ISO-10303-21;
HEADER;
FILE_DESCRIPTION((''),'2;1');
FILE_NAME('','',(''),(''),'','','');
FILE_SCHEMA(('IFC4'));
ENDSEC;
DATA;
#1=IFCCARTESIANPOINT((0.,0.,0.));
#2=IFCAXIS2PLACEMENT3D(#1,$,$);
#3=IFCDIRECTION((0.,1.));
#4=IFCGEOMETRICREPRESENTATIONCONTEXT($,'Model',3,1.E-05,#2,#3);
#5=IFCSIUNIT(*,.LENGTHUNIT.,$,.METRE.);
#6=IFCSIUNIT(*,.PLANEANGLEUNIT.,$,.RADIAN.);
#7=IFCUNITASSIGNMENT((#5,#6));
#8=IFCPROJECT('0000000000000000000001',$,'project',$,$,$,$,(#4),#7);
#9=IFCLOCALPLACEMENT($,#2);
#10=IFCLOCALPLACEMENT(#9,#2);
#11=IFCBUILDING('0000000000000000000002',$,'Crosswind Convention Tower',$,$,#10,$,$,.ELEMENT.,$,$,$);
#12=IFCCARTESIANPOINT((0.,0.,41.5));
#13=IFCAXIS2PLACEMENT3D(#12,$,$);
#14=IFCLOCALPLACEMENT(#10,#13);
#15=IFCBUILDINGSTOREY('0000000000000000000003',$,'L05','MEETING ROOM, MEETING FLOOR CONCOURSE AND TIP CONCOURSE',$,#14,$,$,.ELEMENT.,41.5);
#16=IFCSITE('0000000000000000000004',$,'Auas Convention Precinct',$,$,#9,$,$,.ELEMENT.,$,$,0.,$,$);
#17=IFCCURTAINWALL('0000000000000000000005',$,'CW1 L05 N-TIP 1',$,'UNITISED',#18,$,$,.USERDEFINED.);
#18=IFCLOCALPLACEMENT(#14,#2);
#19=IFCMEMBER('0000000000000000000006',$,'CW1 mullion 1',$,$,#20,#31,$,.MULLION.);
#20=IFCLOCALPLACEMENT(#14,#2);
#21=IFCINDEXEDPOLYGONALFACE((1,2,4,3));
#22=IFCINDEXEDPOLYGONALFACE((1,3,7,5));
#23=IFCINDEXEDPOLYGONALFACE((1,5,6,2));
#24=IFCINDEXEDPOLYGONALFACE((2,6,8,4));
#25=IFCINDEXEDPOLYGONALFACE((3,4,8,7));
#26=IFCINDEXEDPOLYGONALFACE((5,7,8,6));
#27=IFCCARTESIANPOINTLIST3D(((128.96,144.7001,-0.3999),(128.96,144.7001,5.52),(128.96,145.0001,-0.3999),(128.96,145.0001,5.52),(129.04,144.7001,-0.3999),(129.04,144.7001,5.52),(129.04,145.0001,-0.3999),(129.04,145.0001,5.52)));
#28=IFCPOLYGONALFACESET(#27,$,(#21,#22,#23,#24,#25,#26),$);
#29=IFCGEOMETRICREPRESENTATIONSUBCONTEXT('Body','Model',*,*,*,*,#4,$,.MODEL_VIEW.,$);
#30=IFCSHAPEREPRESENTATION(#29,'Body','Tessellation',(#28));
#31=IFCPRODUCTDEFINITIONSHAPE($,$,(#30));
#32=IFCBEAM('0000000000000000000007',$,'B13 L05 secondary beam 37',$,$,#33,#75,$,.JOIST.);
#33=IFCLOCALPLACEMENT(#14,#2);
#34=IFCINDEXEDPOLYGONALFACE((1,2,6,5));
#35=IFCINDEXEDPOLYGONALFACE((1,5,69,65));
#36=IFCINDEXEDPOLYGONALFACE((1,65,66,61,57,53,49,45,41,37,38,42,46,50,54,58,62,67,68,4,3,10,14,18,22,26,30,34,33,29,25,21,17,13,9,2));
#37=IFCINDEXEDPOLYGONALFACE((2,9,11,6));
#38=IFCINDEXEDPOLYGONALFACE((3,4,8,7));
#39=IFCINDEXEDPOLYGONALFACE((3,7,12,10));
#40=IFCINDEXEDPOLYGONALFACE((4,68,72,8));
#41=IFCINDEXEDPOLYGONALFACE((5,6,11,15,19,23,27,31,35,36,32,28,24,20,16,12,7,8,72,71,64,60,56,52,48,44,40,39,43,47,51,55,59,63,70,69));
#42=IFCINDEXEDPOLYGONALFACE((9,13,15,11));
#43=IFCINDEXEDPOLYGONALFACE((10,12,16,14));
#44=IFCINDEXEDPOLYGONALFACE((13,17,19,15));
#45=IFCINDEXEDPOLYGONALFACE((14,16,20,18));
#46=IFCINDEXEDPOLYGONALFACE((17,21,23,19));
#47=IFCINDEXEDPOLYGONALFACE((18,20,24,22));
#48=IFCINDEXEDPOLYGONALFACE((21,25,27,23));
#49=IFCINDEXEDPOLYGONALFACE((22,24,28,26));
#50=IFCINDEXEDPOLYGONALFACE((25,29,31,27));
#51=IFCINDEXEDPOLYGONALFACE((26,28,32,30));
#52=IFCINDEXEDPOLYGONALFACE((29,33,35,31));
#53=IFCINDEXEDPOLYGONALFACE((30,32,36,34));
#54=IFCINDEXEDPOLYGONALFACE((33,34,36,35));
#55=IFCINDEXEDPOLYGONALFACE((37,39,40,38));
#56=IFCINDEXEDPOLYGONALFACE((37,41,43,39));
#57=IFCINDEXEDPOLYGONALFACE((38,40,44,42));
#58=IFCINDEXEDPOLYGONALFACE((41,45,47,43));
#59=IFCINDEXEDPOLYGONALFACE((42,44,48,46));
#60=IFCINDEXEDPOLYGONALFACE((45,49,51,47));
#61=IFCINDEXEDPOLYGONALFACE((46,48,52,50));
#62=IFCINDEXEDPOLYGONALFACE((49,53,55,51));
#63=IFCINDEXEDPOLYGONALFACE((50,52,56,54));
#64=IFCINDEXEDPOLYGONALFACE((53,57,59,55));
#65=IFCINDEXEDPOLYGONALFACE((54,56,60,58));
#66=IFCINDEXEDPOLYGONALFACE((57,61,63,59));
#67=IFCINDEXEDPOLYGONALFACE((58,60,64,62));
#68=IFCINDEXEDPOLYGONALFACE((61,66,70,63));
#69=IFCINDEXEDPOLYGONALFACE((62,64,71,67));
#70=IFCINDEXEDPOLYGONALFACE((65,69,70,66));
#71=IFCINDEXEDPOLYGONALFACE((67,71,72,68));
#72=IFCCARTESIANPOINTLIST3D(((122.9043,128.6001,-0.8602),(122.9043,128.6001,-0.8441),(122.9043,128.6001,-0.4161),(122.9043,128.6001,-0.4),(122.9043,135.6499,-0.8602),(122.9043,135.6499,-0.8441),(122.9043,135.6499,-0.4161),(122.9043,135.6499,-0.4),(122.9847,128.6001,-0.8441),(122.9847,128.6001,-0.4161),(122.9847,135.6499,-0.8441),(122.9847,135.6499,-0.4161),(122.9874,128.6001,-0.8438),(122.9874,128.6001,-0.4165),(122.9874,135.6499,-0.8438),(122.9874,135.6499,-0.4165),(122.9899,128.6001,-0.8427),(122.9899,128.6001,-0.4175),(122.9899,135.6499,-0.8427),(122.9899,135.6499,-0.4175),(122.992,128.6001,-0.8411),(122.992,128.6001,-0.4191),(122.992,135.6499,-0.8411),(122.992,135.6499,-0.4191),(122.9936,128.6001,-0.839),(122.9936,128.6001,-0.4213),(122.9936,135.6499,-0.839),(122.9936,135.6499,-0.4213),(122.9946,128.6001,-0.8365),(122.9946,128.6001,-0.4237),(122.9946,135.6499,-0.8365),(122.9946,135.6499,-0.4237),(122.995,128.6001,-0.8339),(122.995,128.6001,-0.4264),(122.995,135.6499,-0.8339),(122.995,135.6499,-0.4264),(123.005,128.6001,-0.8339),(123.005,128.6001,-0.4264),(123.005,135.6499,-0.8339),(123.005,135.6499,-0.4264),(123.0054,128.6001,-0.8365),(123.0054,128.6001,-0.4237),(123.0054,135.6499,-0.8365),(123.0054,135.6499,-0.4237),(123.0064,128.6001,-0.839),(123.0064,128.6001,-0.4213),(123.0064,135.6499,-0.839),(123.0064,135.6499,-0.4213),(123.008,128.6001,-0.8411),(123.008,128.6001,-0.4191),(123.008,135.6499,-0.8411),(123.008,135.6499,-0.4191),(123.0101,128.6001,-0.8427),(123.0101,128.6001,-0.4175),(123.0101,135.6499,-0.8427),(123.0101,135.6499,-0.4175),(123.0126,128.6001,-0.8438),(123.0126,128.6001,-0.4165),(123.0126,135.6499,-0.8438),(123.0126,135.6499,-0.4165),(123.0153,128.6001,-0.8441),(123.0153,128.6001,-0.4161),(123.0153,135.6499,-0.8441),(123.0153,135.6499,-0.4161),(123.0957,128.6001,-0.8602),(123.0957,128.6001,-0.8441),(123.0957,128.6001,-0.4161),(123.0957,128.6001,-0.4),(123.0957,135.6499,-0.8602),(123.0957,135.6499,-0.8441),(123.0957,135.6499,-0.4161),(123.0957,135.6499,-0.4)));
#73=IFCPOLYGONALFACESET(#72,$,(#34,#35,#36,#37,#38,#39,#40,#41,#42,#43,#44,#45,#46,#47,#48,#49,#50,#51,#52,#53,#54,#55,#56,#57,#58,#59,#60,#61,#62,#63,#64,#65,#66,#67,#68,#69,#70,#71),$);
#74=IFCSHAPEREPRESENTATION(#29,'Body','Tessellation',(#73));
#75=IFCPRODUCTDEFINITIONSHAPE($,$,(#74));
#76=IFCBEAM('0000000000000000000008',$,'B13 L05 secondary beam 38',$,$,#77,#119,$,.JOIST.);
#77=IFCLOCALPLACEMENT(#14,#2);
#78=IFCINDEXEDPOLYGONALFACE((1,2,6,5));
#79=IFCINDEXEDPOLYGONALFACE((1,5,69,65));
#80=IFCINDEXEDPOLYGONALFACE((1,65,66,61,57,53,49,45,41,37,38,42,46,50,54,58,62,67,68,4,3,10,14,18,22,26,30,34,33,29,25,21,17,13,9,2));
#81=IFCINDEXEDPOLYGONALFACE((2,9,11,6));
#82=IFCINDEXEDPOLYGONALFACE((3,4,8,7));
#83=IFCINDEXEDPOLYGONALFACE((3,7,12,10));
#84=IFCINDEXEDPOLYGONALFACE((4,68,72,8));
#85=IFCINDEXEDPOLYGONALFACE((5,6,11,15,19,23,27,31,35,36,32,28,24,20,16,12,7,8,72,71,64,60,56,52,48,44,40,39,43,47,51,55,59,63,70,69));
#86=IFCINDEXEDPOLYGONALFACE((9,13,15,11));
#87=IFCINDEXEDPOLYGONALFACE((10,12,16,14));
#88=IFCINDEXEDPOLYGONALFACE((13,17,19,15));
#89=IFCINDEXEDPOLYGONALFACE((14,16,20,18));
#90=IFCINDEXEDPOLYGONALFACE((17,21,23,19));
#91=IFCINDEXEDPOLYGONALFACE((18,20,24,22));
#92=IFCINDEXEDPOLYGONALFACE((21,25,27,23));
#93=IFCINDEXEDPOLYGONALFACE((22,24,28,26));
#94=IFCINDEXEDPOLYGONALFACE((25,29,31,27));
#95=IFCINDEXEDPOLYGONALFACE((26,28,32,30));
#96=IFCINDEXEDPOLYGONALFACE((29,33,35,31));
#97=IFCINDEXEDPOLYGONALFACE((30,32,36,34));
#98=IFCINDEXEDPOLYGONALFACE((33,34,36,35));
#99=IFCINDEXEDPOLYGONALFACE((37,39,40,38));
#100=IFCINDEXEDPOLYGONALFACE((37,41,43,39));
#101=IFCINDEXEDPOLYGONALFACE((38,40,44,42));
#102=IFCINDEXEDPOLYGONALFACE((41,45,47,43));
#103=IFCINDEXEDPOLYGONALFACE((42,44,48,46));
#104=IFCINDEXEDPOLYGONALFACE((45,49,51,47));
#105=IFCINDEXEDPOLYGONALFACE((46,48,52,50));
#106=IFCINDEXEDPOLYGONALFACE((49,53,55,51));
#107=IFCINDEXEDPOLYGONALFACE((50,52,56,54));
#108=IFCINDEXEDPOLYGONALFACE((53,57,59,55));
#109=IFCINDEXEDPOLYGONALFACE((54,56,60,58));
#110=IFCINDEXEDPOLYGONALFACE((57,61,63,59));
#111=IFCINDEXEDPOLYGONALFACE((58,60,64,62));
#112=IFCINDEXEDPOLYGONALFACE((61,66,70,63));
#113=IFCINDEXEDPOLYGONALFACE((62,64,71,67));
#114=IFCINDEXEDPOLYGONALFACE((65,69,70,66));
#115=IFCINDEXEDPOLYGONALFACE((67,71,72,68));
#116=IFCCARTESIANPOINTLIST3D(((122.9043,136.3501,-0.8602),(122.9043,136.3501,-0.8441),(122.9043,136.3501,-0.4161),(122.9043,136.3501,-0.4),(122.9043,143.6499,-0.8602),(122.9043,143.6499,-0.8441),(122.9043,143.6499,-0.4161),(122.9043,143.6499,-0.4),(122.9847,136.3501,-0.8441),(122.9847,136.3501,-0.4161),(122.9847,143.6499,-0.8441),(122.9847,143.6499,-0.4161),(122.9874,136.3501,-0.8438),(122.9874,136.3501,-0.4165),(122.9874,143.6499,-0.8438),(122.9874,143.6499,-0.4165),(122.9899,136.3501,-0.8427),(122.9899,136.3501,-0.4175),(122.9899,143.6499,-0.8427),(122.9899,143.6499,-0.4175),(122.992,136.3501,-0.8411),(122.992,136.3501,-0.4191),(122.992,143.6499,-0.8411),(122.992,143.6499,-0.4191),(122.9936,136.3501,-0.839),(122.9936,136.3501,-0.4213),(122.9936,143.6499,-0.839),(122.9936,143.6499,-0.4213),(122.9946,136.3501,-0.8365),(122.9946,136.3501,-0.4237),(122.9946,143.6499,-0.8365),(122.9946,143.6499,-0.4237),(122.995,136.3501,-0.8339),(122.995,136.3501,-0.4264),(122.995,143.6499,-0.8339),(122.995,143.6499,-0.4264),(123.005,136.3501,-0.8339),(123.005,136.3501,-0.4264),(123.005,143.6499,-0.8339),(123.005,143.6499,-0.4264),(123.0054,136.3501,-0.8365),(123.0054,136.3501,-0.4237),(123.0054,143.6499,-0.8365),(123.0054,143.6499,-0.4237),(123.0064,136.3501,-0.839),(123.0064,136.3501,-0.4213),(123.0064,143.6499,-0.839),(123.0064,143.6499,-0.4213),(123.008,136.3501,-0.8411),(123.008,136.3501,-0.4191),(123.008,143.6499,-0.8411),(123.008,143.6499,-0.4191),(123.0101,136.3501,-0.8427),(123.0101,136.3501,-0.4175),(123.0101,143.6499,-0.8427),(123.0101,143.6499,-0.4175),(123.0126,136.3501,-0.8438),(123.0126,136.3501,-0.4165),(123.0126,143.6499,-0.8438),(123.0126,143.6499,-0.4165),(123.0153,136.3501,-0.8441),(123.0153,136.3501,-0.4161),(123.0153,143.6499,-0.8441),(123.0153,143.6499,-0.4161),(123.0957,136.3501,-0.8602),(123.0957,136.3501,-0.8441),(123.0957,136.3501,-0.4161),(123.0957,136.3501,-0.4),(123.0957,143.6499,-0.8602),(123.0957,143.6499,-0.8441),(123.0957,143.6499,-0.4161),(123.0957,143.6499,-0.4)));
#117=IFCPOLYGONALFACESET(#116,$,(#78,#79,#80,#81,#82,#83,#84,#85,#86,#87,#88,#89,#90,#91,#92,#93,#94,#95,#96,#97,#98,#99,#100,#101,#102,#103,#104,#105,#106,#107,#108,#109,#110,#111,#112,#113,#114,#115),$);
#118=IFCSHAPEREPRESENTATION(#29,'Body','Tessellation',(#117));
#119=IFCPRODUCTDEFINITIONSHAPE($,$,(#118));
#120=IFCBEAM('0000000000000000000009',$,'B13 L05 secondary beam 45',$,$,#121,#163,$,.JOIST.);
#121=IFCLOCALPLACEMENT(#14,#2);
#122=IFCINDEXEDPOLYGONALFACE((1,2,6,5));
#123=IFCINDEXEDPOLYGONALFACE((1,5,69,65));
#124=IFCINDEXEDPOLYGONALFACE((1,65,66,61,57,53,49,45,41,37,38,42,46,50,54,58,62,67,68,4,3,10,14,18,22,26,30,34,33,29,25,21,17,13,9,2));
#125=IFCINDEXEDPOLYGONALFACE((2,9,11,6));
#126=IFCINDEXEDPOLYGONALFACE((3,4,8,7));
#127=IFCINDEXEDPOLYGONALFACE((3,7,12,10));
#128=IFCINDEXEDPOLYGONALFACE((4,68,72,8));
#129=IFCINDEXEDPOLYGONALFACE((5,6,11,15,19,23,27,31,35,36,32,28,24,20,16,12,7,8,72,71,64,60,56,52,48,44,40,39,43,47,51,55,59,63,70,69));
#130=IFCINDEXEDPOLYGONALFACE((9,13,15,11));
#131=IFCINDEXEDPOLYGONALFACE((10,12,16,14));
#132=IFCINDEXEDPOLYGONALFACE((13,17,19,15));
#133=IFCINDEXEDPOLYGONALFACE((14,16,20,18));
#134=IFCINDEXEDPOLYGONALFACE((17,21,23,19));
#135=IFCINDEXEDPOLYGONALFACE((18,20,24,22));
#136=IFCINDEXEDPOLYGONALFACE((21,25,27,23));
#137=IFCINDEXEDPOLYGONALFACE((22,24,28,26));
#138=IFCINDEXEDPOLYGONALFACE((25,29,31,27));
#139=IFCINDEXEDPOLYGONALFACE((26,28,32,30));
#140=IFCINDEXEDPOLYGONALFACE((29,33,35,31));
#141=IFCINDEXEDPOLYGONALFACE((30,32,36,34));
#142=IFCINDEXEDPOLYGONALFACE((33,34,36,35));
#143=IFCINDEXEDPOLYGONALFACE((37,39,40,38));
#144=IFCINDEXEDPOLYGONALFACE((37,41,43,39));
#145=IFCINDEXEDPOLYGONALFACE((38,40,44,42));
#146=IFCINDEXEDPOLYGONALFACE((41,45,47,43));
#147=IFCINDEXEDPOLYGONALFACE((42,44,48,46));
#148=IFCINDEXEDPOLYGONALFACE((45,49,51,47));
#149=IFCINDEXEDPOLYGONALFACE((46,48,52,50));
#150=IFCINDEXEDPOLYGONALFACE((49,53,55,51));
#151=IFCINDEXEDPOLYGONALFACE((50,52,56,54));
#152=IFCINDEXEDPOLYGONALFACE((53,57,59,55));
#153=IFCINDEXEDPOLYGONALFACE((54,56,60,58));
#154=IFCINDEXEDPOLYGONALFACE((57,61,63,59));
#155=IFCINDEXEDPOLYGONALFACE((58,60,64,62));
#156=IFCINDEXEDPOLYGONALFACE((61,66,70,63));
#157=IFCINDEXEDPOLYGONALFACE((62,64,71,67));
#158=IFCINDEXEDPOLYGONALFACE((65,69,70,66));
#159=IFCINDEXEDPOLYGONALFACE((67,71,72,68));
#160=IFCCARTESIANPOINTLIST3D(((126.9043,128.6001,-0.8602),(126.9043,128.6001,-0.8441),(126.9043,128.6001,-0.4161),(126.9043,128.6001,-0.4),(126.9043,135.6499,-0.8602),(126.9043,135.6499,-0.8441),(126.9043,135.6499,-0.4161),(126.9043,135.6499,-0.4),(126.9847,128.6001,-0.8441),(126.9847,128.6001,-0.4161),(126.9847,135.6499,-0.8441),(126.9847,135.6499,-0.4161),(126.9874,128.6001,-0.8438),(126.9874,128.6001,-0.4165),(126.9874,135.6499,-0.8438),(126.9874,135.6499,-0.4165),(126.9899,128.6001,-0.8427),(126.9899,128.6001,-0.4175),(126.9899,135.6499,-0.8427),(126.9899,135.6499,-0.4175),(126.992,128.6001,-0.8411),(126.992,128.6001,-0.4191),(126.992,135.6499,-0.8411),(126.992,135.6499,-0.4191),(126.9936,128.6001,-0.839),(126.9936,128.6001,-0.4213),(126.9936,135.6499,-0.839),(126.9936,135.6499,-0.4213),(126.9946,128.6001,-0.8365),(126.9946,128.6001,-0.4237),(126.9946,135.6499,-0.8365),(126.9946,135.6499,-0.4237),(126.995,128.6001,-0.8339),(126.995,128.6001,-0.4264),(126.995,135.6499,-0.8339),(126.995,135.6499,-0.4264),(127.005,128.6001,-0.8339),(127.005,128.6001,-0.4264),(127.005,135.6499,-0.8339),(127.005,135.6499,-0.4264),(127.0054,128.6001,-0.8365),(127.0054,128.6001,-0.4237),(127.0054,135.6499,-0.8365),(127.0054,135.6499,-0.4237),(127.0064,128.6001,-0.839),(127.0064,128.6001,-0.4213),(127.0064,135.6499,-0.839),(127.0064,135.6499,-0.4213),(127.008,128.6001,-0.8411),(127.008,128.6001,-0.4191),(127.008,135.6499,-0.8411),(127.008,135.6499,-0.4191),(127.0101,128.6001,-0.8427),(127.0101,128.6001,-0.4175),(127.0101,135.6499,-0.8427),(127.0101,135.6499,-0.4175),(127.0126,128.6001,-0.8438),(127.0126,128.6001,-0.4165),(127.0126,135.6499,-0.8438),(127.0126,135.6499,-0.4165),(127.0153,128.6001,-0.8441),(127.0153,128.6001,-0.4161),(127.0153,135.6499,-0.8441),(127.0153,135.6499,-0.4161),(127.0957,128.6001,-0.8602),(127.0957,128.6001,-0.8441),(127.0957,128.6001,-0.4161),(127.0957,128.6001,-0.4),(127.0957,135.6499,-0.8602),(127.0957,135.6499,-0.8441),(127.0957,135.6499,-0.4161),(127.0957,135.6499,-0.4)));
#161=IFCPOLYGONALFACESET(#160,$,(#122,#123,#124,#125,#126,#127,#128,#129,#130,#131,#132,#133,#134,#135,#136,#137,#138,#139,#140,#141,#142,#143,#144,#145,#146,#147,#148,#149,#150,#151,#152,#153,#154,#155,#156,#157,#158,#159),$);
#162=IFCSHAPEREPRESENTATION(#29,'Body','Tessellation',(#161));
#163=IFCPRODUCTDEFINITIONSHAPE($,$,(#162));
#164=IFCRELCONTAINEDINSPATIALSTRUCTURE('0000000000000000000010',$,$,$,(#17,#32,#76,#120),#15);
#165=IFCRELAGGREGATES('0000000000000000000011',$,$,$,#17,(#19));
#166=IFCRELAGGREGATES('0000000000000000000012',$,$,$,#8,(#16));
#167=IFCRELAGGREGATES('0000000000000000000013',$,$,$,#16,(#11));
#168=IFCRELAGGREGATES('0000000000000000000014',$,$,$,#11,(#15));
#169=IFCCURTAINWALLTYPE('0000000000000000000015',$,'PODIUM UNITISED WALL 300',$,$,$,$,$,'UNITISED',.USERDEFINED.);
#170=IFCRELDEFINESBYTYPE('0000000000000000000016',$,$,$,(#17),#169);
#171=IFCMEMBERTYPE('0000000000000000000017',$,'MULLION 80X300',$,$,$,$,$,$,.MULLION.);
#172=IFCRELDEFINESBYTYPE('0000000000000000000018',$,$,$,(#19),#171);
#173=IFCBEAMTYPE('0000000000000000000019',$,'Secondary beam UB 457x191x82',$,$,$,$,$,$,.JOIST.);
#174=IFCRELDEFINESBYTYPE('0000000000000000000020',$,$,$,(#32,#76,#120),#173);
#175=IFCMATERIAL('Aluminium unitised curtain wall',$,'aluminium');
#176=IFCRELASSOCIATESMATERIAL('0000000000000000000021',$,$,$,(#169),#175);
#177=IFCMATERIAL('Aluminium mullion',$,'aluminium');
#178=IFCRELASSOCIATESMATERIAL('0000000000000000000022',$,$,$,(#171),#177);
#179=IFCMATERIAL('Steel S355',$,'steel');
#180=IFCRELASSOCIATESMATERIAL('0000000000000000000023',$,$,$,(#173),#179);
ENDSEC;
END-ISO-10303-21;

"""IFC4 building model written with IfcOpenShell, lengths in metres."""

from ifc_helpers import new_model, si_unit, direction, frame, origin, origin_2d, place, context, subcontext, project, spatial, rectangle, i_section, extrude, material, material_profile, profile_set, type_object, element, aggregate, save


model = new_model("IFC4")

# Units and contexts
model_context = context("Model", 3, precision=1e-05, world=origin(), true_north=direction((0.0, 1.0)))
body_context = subcontext(model_context, "Body", "Model", "MODEL_VIEW")
ifc_project = project(units=[si_unit("LENGTHUNIT", "METRE"), si_unit("PLANEANGLEUNIT", "RADIAN")], contexts=[model_context])

# Site, building, storey
site_placement = place(None, origin())
site = spatial("IfcSite", under=ifc_project, at=site_placement, Name="Auas Convention Precinct", CompositionType="ELEMENT", RefElevation=0.0)
building_placement = place(site_placement, origin())
building = spatial("IfcBuilding", under=site, at=building_placement, Name="Crosswind Convention Tower", CompositionType="ELEMENT")
storey_placement = place(building_placement, frame((0.0, 0.0, 41.5)))
storey = spatial("IfcBuildingStorey", under=building, at=storey_placement, Name="L05", Description="MEETING ROOM, MEETING FLOOR CONCOURSE AND TIP CONCOURSE", CompositionType="ELEMENT", Elevation=41.5)

# Shared definitions
ifc_material_1 = material(Name="Steel S355", Category="steel")

# Curtain wall, member
ifc_material_2 = material(Name="Aluminium unitised curtain wall", Category="aluminium")
curtain_wall_type = type_object("IfcCurtainWallType", Name="PODIUM UNITISED WALL 300", ElementType="UNITISED", PredefinedType="USERDEFINED", material=ifc_material_2)
curtain_wall_placement = place(storey_placement, origin())
curtain_wall = element("IfcCurtainWall", 1, at=curtain_wall_placement, inside=storey, type_object=curtain_wall_type, Name="CW1 L05 N-TIP 1", ObjectType="UNITISED", PredefinedType="USERDEFINED")
ifc_material_3 = material(Name="Aluminium mullion", Category="aluminium")
ifc_material_profile_1 = material_profile(ifc_material_3, rectangle(XDim=0.3, YDim=0.0801, at=origin_2d()), Name="AL 300X80")
ifc_profile_set_1 = profile_set([ifc_material_profile_1], Name="Aluminium mullion")
member_type_1 = type_object("IfcMemberType", Name="MULLION 80X300", PredefinedType="MULLION", material=ifc_profile_set_1)
member_1_placement = place(storey_placement, frame((129.0, 144.8501, -0.3999), z_axis=(0.0, 0.0, 1.0), x_axis=(0.0, 1.0, 0.0)))
member_1 = element("IfcMember", 2, at=member_1_placement, type_object=member_type_1, Name="CW1 mullion 1", PredefinedType="MULLION", context=body_context, shape_type="SweptSolid", body=[
    extrude(rectangle(XDim=0.3, YDim=0.0801, at=origin_2d()), origin(), (0.0, 0.0, 1.0), 5.9199),
])

# Beams
ifc_material_profile_2 = material_profile(ifc_material_1, i_section(OverallWidth=0.1914, OverallDepth=0.4602, WebThickness=0.01, FlangeThickness=0.0161, FilletRadius=0.0103, at=origin_2d()), Name="UB 457x191x82")
ifc_profile_set_2 = profile_set([ifc_material_profile_2], Name="Steel S355")
beam_type_1 = type_object("IfcBeamType", Name="Secondary beam UB 457x191x82", PredefinedType="JOIST", material=ifc_profile_set_2)
beam_1_placement = place(storey_placement, frame((123.0, 128.6001, -0.6301), z_axis=(0.0, 1.0, 0.0), x_axis=(-1.0, 0.0, 0.0)))
element("IfcBeam", 3, at=beam_1_placement, inside=storey, type_object=beam_type_1, Name="B13 L05 secondary beam 37", PredefinedType="JOIST", context=body_context, shape_type="SweptSolid", body=[
    extrude(i_section(OverallWidth=0.1914, OverallDepth=0.4602, WebThickness=0.01, FlangeThickness=0.0161, FilletRadius=0.0103, at=origin_2d()), origin(), (0.0, 0.0, 1.0), 7.0498),
])
beam_2_placement = place(storey_placement, frame((123.0, 136.3501, -0.6301), z_axis=(0.0, 1.0, 0.0), x_axis=(-1.0, 0.0, 0.0)))
element("IfcBeam", 4, at=beam_2_placement, inside=storey, type_object=beam_type_1, Name="B13 L05 secondary beam 38", PredefinedType="JOIST", context=body_context, shape_type="SweptSolid", body=[
    extrude(i_section(OverallWidth=0.1914, OverallDepth=0.4602, WebThickness=0.01, FlangeThickness=0.0161, FilletRadius=0.0103, at=origin_2d()), origin(), (0.0, 0.0, 1.0), 7.2998),
])
beam_3_placement = place(storey_placement, frame((127.0, 128.6001, -0.6301), z_axis=(0.0, 1.0, 0.0), x_axis=(-1.0, 0.0, 0.0)))
element("IfcBeam", 5, at=beam_3_placement, inside=storey, type_object=beam_type_1, Name="B13 L05 secondary beam 45", PredefinedType="JOIST", context=body_context, shape_type="SweptSolid", body=[
    extrude(i_section(OverallWidth=0.1914, OverallDepth=0.4602, WebThickness=0.01, FlangeThickness=0.0161, FilletRadius=0.0103, at=origin_2d()), origin(), (0.0, 0.0, 1.0), 7.0498),
])

aggregate(curtain_wall, [member_1])

save(model, "model.ifc")
